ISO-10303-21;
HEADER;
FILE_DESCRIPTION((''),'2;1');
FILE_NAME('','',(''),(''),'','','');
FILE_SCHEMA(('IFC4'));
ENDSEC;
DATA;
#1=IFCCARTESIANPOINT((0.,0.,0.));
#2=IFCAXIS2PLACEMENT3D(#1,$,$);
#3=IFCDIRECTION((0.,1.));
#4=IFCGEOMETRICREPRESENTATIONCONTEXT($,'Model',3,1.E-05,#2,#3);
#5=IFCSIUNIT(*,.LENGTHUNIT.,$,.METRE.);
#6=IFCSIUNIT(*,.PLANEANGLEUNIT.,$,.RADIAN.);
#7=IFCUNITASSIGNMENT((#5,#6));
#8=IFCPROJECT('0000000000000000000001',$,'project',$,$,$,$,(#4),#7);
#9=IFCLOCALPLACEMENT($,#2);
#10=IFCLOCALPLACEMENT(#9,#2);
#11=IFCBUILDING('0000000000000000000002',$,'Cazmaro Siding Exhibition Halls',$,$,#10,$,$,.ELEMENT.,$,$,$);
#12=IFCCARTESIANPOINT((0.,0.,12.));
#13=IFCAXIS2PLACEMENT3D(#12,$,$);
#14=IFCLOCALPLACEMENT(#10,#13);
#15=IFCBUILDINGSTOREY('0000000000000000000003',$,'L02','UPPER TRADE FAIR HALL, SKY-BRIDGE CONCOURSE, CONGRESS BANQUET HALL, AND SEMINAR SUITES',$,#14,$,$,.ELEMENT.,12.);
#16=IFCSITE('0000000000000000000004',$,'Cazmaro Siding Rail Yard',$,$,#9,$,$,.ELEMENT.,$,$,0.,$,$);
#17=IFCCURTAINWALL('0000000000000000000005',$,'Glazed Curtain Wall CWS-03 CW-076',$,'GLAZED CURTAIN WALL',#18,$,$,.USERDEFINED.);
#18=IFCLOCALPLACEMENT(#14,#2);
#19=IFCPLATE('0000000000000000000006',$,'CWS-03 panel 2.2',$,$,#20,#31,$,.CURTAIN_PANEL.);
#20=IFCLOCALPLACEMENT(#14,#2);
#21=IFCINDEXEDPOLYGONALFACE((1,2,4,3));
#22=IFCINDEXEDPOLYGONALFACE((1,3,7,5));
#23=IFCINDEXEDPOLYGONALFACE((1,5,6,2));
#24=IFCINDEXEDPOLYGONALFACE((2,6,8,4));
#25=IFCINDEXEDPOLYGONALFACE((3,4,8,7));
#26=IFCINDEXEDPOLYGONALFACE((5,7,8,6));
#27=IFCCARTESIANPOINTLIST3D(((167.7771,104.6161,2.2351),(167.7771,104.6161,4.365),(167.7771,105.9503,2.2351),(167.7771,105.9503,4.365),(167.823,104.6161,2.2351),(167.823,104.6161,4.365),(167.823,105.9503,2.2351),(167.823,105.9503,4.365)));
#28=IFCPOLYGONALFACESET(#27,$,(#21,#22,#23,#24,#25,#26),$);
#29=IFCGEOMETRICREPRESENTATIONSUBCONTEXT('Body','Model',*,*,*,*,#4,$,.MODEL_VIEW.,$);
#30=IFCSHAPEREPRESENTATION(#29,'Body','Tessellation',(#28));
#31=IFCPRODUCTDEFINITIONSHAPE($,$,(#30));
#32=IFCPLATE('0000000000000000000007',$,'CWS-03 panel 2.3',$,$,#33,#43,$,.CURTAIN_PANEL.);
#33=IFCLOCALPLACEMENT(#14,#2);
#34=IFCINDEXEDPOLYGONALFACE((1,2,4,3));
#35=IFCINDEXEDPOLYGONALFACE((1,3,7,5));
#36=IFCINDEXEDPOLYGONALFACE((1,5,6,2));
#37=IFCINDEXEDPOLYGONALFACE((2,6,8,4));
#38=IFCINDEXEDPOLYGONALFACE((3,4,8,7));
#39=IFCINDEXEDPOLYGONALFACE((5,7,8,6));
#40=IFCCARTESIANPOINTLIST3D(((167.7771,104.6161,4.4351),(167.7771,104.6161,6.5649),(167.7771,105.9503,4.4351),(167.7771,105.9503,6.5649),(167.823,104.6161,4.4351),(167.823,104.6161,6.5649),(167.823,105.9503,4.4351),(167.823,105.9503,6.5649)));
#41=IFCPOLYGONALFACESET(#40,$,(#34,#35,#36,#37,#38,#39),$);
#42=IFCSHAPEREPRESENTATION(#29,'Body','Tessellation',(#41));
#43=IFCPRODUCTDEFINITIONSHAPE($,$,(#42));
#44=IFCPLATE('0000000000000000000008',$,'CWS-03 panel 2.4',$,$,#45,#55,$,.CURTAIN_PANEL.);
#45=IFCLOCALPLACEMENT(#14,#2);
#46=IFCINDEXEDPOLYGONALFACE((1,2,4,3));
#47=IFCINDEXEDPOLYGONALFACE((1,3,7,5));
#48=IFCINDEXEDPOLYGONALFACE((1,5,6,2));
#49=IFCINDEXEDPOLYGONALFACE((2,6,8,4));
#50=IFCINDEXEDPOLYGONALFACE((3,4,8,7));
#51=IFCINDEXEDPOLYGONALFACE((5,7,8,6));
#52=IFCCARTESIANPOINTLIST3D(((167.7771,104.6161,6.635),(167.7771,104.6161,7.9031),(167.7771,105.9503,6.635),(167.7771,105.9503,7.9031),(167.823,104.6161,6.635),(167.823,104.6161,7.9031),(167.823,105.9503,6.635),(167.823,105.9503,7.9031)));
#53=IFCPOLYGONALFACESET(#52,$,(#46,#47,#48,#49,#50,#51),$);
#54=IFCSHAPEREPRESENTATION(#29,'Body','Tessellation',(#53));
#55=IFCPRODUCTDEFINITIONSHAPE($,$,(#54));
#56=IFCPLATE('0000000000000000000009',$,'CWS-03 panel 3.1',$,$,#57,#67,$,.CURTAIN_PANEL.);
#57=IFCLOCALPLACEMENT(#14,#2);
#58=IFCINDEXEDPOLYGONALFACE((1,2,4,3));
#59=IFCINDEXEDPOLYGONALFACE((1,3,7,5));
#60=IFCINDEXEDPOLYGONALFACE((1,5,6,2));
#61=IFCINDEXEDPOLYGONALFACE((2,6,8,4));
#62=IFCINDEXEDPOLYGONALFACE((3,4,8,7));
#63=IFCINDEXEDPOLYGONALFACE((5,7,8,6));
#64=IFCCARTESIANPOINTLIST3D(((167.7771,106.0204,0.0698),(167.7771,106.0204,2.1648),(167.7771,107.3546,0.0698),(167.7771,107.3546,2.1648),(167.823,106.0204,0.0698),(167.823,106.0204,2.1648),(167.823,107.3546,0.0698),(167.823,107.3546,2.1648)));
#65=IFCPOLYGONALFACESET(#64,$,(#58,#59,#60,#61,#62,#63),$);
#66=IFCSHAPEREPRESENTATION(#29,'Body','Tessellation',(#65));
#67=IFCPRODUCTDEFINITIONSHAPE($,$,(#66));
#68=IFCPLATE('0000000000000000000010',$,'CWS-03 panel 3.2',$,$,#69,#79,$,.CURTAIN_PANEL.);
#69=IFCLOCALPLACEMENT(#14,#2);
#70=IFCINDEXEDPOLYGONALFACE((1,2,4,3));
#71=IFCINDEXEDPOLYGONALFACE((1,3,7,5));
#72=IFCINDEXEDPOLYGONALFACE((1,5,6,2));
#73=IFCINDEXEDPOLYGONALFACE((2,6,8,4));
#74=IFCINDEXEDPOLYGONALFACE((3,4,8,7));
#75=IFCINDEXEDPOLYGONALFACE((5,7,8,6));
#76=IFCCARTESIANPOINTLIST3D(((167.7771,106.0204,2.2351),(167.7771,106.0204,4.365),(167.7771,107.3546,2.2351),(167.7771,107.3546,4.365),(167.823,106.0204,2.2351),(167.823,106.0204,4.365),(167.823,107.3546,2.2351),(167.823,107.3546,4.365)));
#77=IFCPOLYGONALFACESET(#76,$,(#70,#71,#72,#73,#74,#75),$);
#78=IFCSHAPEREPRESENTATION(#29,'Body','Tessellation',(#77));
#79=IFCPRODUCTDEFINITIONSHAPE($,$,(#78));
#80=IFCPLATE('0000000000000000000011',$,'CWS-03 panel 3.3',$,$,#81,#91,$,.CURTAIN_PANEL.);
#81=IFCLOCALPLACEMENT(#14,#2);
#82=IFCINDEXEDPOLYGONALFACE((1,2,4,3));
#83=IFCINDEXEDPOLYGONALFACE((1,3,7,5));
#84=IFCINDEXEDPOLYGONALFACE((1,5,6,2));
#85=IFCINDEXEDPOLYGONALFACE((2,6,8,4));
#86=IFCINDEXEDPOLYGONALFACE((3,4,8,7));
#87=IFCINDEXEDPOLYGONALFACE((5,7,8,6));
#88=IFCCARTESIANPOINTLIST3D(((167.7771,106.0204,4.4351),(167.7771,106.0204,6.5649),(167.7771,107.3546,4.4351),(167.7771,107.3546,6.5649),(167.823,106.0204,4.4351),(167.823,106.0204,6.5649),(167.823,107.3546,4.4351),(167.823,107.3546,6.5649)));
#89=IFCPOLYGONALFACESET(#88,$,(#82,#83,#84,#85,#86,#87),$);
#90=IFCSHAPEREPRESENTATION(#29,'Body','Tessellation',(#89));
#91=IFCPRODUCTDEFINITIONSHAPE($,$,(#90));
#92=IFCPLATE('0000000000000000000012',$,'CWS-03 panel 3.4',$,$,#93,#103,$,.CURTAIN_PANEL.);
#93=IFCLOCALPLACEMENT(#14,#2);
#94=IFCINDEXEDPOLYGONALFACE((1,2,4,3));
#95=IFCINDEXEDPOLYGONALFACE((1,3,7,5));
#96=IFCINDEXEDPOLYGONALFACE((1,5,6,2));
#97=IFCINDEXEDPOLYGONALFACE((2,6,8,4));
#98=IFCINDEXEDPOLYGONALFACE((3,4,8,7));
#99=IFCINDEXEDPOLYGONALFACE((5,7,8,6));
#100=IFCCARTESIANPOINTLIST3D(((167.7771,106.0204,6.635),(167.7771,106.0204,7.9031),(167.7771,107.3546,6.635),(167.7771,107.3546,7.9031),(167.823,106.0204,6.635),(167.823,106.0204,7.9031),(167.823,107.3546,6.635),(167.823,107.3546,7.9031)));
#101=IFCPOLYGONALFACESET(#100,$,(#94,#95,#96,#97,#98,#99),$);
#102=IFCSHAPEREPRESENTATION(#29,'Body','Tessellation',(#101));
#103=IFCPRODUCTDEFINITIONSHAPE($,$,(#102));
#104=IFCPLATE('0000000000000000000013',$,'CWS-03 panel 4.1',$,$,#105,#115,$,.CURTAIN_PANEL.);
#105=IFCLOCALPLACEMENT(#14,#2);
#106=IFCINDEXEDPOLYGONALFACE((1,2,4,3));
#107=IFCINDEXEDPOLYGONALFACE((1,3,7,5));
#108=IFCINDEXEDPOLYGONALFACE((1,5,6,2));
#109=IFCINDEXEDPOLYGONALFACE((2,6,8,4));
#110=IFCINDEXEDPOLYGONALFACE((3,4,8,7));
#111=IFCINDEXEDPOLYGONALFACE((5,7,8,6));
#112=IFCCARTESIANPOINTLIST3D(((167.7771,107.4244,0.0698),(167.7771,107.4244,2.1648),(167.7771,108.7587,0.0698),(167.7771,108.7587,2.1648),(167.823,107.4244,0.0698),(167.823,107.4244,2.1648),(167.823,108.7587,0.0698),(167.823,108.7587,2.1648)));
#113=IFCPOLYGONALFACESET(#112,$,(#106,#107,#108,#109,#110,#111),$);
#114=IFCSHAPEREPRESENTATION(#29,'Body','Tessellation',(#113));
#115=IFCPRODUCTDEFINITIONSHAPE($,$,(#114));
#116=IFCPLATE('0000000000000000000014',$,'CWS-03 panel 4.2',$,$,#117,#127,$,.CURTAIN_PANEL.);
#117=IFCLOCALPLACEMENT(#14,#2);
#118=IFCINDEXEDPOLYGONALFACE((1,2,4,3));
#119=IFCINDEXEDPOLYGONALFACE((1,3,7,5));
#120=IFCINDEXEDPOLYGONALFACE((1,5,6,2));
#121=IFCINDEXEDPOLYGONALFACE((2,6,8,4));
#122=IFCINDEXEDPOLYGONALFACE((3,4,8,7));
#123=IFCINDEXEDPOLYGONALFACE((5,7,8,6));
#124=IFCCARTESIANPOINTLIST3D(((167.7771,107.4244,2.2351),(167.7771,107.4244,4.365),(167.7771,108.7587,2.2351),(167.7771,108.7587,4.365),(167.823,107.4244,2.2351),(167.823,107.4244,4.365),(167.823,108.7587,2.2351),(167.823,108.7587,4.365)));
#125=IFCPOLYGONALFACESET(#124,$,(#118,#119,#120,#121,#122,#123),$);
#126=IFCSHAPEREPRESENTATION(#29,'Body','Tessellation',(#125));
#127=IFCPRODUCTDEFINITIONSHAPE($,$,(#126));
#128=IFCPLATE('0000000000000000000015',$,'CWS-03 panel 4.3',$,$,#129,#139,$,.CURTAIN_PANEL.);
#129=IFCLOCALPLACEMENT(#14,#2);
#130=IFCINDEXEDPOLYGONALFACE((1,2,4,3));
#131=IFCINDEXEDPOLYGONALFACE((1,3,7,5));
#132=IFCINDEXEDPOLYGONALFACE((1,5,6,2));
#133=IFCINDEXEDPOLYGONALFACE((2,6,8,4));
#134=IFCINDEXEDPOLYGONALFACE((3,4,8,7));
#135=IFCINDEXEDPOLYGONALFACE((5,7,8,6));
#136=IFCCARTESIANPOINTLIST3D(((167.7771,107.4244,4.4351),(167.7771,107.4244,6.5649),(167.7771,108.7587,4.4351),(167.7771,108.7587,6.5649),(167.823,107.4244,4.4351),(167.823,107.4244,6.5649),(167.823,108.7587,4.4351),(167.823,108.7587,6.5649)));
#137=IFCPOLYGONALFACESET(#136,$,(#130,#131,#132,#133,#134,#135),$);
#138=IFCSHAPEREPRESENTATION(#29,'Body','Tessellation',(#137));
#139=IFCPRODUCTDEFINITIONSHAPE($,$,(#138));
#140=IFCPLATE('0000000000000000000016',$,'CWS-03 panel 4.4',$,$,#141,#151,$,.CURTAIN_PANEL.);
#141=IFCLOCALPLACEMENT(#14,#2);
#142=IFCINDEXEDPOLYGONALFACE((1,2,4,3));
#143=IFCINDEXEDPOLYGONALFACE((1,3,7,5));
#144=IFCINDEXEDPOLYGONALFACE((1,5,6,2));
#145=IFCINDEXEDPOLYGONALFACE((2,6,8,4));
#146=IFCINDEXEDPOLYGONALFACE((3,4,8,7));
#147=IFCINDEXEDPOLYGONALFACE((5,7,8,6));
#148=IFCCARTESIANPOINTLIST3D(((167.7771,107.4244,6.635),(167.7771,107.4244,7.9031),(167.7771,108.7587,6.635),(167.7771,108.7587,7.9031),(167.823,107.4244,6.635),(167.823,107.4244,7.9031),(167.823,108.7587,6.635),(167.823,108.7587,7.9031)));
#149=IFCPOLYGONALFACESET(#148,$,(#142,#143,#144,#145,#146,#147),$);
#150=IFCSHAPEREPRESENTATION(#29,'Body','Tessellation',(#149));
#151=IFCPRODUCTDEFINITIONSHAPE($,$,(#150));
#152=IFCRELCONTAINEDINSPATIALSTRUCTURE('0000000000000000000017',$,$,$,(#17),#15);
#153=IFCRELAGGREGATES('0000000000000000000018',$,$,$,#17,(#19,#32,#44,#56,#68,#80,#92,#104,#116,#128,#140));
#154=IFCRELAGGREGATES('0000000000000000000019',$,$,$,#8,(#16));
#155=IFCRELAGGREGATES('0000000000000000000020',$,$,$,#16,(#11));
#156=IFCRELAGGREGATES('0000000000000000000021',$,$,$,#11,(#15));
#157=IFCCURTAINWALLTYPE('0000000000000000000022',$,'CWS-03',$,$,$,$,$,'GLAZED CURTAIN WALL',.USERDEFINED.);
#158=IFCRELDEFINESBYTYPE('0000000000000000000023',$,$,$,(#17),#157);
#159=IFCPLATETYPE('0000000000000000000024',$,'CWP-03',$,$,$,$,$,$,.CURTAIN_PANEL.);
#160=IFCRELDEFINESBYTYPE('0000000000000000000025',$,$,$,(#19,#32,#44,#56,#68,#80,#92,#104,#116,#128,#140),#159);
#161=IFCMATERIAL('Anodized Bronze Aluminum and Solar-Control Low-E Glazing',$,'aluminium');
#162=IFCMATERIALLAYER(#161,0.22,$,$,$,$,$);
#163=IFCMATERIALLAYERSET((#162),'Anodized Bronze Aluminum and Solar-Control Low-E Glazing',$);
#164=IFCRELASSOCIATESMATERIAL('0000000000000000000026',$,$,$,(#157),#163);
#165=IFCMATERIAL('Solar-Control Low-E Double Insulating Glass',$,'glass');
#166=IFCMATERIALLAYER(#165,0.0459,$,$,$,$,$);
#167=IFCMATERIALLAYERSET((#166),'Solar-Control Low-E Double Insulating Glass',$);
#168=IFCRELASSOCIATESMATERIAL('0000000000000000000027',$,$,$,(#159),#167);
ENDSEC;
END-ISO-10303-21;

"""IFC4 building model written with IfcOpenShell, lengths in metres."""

from ifc_helpers import new_model, si_unit, direction, frame, origin, origin_2d, place, context, subcontext, project, spatial, rectangle, extrude, material, layer, layer_set, type_object, element, aggregate, save


model = new_model("IFC4")

# Units and contexts
model_context = context("Model", 3, precision=1e-05, world=origin(), true_north=direction((0.0, 1.0)))
body_context = subcontext(model_context, "Body", "Model", "MODEL_VIEW")
ifc_project = project(units=[si_unit("LENGTHUNIT", "METRE"), si_unit("PLANEANGLEUNIT", "RADIAN")], contexts=[model_context])

# Site, building, storey
site_placement = place(None, origin())
site = spatial("IfcSite", under=ifc_project, at=site_placement, Name="Cazmaro Siding Rail Yard", CompositionType="ELEMENT", RefElevation=0.0)
building_placement = place(site_placement, origin())
building = spatial("IfcBuilding", under=site, at=building_placement, Name="Cazmaro Siding Exhibition Halls", CompositionType="ELEMENT")
storey_placement = place(building_placement, frame((0.0, 0.0, 12.0)))
storey = spatial("IfcBuildingStorey", under=building, at=storey_placement, Name="L02", Description="UPPER TRADE FAIR HALL, SKY-BRIDGE CONCOURSE, CONGRESS BANQUET HALL, AND SEMINAR SUITES", CompositionType="ELEMENT", Elevation=12.0)

# Curtain wall
ifc_material_1 = material(Name="Anodized Bronze Aluminum and Solar-Control Low-E Glazing", Category="aluminium")
ifc_layer_1 = layer(ifc_material_1, 0.22)
ifc_layer_set_1 = layer_set([ifc_layer_1], Name="Anodized Bronze Aluminum and Solar-Control Low-E Glazing")
curtain_wall_type = type_object("IfcCurtainWallType", Name="CWS-03", ElementType="GLAZED CURTAIN WALL", PredefinedType="USERDEFINED", material=ifc_layer_set_1)
curtain_wall_placement = place(storey_placement, origin())
curtain_wall = element("IfcCurtainWall", 1, at=curtain_wall_placement, inside=storey, type_object=curtain_wall_type, Name="Glazed Curtain Wall CWS-03 CW-076", ObjectType="GLAZED CURTAIN WALL", PredefinedType="USERDEFINED")

# Plates
ifc_material_2 = material(Name="Solar-Control Low-E Double Insulating Glass", Category="glass")
ifc_layer_2 = layer(ifc_material_2, 0.0459)
ifc_layer_set_2 = layer_set([ifc_layer_2], Name="Solar-Control Low-E Double Insulating Glass")
plate_type = type_object("IfcPlateType", Name="CWP-03", PredefinedType="CURTAIN_PANEL", material=ifc_layer_set_2)
plate_1_placement = place(storey_placement, frame((167.8, 105.2832, 2.2351), z_axis=(0.0, 0.0, 1.0), x_axis=(0.0, 1.0, 0.0)))
plate_1 = element("IfcPlate", 2, at=plate_1_placement, type_object=plate_type, Name="CWS-03 panel 2.2", PredefinedType="CURTAIN_PANEL", context=body_context, shape_type="SweptSolid", body=[
    extrude(rectangle(XDim=1.3342, YDim=0.0459, at=origin_2d()), origin(), (0.0, 0.0, 1.0), 2.1299),
])
plate_2_placement = place(storey_placement, frame((167.8, 105.2832, 4.4351), z_axis=(0.0, 0.0, 1.0), x_axis=(0.0, 1.0, 0.0)))
plate_2 = element("IfcPlate", 3, at=plate_2_placement, type_object=plate_type, Name="CWS-03 panel 2.3", PredefinedType="CURTAIN_PANEL", context=body_context, shape_type="SweptSolid", body=[
    extrude(rectangle(XDim=1.3342, YDim=0.0459, at=origin_2d()), origin(), (0.0, 0.0, 1.0), 2.1299),
])
plate_3_placement = place(storey_placement, frame((167.8, 105.2832, 6.635), z_axis=(0.0, 0.0, 1.0), x_axis=(0.0, 1.0, 0.0)))
plate_3 = element("IfcPlate", 4, at=plate_3_placement, type_object=plate_type, Name="CWS-03 panel 2.4", PredefinedType="CURTAIN_PANEL", context=body_context, shape_type="SweptSolid", body=[
    extrude(rectangle(XDim=1.3342, YDim=0.0459, at=origin_2d()), origin(), (0.0, 0.0, 1.0), 1.2681),
])
plate_4_placement = place(storey_placement, frame((167.8, 106.6875, 0.0698), z_axis=(0.0, 0.0, 1.0), x_axis=(0.0, 1.0, 0.0)))
plate_4 = element("IfcPlate", 5, at=plate_4_placement, type_object=plate_type, Name="CWS-03 panel 3.1", PredefinedType="CURTAIN_PANEL", context=body_context, shape_type="SweptSolid", body=[
    extrude(rectangle(XDim=1.3342, YDim=0.0459, at=origin_2d()), origin(), (0.0, 0.0, 1.0), 2.095),
])
plate_5_placement = place(storey_placement, frame((167.8, 106.6875, 2.2351), z_axis=(0.0, 0.0, 1.0), x_axis=(0.0, 1.0, 0.0)))
plate_5 = element("IfcPlate", 6, at=plate_5_placement, type_object=plate_type, Name="CWS-03 panel 3.2", PredefinedType="CURTAIN_PANEL", context=body_context, shape_type="SweptSolid", body=[
    extrude(rectangle(XDim=1.3342, YDim=0.0459, at=origin_2d()), origin(), (0.0, 0.0, 1.0), 2.1299),
])
plate_6_placement = place(storey_placement, frame((167.8, 106.6875, 4.4351), z_axis=(0.0, 0.0, 1.0), x_axis=(0.0, 1.0, 0.0)))
plate_6 = element("IfcPlate", 7, at=plate_6_placement, type_object=plate_type, Name="CWS-03 panel 3.3", PredefinedType="CURTAIN_PANEL", context=body_context, shape_type="SweptSolid", body=[
    extrude(rectangle(XDim=1.3342, YDim=0.0459, at=origin_2d()), origin(), (0.0, 0.0, 1.0), 2.1299),
])
plate_7_placement = place(storey_placement, frame((167.8, 106.6875, 6.635), z_axis=(0.0, 0.0, 1.0), x_axis=(0.0, 1.0, 0.0)))
plate_7 = element("IfcPlate", 8, at=plate_7_placement, type_object=plate_type, Name="CWS-03 panel 3.4", PredefinedType="CURTAIN_PANEL", context=body_context, shape_type="SweptSolid", body=[
    extrude(rectangle(XDim=1.3342, YDim=0.0459, at=origin_2d()), origin(), (0.0, 0.0, 1.0), 1.2681),
])
plate_8_placement = place(storey_placement, frame((167.8, 108.0916, 0.0698), z_axis=(0.0, 0.0, 1.0), x_axis=(0.0, 1.0, 0.0)))
plate_8 = element("IfcPlate", 9, at=plate_8_placement, type_object=plate_type, Name="CWS-03 panel 4.1", PredefinedType="CURTAIN_PANEL", context=body_context, shape_type="SweptSolid", body=[
    extrude(rectangle(XDim=1.3342, YDim=0.0459, at=origin_2d()), origin(), (0.0, 0.0, 1.0), 2.095),
])
plate_9_placement = place(storey_placement, frame((167.8, 108.0916, 2.2351), z_axis=(0.0, 0.0, 1.0), x_axis=(0.0, 1.0, 0.0)))
plate_9 = element("IfcPlate", 10, at=plate_9_placement, type_object=plate_type, Name="CWS-03 panel 4.2", PredefinedType="CURTAIN_PANEL", context=body_context, shape_type="SweptSolid", body=[
    extrude(rectangle(XDim=1.3342, YDim=0.0459, at=origin_2d()), origin(), (0.0, 0.0, 1.0), 2.1299),
])
plate_10_placement = place(storey_placement, frame((167.8, 108.0916, 4.4351), z_axis=(0.0, 0.0, 1.0), x_axis=(0.0, 1.0, 0.0)))
plate_10 = element("IfcPlate", 11, at=plate_10_placement, type_object=plate_type, Name="CWS-03 panel 4.3", PredefinedType="CURTAIN_PANEL", context=body_context, shape_type="SweptSolid", body=[
    extrude(rectangle(XDim=1.3342, YDim=0.0459, at=origin_2d()), origin(), (0.0, 0.0, 1.0), 2.1299),
])
plate_11_placement = place(storey_placement, frame((167.8, 108.0916, 6.635), z_axis=(0.0, 0.0, 1.0), x_axis=(0.0, 1.0, 0.0)))
plate_11 = element("IfcPlate", 12, at=plate_11_placement, type_object=plate_type, Name="CWS-03 panel 4.4", PredefinedType="CURTAIN_PANEL", context=body_context, shape_type="SweptSolid", body=[
    extrude(rectangle(XDim=1.3342, YDim=0.0459, at=origin_2d()), origin(), (0.0, 0.0, 1.0), 1.2681),
])
aggregate(curtain_wall, [plate_1, plate_2, plate_3, plate_4, plate_5, plate_6, plate_7, plate_8, plate_9, plate_10, plate_11])

save(model, "model.ifc")
